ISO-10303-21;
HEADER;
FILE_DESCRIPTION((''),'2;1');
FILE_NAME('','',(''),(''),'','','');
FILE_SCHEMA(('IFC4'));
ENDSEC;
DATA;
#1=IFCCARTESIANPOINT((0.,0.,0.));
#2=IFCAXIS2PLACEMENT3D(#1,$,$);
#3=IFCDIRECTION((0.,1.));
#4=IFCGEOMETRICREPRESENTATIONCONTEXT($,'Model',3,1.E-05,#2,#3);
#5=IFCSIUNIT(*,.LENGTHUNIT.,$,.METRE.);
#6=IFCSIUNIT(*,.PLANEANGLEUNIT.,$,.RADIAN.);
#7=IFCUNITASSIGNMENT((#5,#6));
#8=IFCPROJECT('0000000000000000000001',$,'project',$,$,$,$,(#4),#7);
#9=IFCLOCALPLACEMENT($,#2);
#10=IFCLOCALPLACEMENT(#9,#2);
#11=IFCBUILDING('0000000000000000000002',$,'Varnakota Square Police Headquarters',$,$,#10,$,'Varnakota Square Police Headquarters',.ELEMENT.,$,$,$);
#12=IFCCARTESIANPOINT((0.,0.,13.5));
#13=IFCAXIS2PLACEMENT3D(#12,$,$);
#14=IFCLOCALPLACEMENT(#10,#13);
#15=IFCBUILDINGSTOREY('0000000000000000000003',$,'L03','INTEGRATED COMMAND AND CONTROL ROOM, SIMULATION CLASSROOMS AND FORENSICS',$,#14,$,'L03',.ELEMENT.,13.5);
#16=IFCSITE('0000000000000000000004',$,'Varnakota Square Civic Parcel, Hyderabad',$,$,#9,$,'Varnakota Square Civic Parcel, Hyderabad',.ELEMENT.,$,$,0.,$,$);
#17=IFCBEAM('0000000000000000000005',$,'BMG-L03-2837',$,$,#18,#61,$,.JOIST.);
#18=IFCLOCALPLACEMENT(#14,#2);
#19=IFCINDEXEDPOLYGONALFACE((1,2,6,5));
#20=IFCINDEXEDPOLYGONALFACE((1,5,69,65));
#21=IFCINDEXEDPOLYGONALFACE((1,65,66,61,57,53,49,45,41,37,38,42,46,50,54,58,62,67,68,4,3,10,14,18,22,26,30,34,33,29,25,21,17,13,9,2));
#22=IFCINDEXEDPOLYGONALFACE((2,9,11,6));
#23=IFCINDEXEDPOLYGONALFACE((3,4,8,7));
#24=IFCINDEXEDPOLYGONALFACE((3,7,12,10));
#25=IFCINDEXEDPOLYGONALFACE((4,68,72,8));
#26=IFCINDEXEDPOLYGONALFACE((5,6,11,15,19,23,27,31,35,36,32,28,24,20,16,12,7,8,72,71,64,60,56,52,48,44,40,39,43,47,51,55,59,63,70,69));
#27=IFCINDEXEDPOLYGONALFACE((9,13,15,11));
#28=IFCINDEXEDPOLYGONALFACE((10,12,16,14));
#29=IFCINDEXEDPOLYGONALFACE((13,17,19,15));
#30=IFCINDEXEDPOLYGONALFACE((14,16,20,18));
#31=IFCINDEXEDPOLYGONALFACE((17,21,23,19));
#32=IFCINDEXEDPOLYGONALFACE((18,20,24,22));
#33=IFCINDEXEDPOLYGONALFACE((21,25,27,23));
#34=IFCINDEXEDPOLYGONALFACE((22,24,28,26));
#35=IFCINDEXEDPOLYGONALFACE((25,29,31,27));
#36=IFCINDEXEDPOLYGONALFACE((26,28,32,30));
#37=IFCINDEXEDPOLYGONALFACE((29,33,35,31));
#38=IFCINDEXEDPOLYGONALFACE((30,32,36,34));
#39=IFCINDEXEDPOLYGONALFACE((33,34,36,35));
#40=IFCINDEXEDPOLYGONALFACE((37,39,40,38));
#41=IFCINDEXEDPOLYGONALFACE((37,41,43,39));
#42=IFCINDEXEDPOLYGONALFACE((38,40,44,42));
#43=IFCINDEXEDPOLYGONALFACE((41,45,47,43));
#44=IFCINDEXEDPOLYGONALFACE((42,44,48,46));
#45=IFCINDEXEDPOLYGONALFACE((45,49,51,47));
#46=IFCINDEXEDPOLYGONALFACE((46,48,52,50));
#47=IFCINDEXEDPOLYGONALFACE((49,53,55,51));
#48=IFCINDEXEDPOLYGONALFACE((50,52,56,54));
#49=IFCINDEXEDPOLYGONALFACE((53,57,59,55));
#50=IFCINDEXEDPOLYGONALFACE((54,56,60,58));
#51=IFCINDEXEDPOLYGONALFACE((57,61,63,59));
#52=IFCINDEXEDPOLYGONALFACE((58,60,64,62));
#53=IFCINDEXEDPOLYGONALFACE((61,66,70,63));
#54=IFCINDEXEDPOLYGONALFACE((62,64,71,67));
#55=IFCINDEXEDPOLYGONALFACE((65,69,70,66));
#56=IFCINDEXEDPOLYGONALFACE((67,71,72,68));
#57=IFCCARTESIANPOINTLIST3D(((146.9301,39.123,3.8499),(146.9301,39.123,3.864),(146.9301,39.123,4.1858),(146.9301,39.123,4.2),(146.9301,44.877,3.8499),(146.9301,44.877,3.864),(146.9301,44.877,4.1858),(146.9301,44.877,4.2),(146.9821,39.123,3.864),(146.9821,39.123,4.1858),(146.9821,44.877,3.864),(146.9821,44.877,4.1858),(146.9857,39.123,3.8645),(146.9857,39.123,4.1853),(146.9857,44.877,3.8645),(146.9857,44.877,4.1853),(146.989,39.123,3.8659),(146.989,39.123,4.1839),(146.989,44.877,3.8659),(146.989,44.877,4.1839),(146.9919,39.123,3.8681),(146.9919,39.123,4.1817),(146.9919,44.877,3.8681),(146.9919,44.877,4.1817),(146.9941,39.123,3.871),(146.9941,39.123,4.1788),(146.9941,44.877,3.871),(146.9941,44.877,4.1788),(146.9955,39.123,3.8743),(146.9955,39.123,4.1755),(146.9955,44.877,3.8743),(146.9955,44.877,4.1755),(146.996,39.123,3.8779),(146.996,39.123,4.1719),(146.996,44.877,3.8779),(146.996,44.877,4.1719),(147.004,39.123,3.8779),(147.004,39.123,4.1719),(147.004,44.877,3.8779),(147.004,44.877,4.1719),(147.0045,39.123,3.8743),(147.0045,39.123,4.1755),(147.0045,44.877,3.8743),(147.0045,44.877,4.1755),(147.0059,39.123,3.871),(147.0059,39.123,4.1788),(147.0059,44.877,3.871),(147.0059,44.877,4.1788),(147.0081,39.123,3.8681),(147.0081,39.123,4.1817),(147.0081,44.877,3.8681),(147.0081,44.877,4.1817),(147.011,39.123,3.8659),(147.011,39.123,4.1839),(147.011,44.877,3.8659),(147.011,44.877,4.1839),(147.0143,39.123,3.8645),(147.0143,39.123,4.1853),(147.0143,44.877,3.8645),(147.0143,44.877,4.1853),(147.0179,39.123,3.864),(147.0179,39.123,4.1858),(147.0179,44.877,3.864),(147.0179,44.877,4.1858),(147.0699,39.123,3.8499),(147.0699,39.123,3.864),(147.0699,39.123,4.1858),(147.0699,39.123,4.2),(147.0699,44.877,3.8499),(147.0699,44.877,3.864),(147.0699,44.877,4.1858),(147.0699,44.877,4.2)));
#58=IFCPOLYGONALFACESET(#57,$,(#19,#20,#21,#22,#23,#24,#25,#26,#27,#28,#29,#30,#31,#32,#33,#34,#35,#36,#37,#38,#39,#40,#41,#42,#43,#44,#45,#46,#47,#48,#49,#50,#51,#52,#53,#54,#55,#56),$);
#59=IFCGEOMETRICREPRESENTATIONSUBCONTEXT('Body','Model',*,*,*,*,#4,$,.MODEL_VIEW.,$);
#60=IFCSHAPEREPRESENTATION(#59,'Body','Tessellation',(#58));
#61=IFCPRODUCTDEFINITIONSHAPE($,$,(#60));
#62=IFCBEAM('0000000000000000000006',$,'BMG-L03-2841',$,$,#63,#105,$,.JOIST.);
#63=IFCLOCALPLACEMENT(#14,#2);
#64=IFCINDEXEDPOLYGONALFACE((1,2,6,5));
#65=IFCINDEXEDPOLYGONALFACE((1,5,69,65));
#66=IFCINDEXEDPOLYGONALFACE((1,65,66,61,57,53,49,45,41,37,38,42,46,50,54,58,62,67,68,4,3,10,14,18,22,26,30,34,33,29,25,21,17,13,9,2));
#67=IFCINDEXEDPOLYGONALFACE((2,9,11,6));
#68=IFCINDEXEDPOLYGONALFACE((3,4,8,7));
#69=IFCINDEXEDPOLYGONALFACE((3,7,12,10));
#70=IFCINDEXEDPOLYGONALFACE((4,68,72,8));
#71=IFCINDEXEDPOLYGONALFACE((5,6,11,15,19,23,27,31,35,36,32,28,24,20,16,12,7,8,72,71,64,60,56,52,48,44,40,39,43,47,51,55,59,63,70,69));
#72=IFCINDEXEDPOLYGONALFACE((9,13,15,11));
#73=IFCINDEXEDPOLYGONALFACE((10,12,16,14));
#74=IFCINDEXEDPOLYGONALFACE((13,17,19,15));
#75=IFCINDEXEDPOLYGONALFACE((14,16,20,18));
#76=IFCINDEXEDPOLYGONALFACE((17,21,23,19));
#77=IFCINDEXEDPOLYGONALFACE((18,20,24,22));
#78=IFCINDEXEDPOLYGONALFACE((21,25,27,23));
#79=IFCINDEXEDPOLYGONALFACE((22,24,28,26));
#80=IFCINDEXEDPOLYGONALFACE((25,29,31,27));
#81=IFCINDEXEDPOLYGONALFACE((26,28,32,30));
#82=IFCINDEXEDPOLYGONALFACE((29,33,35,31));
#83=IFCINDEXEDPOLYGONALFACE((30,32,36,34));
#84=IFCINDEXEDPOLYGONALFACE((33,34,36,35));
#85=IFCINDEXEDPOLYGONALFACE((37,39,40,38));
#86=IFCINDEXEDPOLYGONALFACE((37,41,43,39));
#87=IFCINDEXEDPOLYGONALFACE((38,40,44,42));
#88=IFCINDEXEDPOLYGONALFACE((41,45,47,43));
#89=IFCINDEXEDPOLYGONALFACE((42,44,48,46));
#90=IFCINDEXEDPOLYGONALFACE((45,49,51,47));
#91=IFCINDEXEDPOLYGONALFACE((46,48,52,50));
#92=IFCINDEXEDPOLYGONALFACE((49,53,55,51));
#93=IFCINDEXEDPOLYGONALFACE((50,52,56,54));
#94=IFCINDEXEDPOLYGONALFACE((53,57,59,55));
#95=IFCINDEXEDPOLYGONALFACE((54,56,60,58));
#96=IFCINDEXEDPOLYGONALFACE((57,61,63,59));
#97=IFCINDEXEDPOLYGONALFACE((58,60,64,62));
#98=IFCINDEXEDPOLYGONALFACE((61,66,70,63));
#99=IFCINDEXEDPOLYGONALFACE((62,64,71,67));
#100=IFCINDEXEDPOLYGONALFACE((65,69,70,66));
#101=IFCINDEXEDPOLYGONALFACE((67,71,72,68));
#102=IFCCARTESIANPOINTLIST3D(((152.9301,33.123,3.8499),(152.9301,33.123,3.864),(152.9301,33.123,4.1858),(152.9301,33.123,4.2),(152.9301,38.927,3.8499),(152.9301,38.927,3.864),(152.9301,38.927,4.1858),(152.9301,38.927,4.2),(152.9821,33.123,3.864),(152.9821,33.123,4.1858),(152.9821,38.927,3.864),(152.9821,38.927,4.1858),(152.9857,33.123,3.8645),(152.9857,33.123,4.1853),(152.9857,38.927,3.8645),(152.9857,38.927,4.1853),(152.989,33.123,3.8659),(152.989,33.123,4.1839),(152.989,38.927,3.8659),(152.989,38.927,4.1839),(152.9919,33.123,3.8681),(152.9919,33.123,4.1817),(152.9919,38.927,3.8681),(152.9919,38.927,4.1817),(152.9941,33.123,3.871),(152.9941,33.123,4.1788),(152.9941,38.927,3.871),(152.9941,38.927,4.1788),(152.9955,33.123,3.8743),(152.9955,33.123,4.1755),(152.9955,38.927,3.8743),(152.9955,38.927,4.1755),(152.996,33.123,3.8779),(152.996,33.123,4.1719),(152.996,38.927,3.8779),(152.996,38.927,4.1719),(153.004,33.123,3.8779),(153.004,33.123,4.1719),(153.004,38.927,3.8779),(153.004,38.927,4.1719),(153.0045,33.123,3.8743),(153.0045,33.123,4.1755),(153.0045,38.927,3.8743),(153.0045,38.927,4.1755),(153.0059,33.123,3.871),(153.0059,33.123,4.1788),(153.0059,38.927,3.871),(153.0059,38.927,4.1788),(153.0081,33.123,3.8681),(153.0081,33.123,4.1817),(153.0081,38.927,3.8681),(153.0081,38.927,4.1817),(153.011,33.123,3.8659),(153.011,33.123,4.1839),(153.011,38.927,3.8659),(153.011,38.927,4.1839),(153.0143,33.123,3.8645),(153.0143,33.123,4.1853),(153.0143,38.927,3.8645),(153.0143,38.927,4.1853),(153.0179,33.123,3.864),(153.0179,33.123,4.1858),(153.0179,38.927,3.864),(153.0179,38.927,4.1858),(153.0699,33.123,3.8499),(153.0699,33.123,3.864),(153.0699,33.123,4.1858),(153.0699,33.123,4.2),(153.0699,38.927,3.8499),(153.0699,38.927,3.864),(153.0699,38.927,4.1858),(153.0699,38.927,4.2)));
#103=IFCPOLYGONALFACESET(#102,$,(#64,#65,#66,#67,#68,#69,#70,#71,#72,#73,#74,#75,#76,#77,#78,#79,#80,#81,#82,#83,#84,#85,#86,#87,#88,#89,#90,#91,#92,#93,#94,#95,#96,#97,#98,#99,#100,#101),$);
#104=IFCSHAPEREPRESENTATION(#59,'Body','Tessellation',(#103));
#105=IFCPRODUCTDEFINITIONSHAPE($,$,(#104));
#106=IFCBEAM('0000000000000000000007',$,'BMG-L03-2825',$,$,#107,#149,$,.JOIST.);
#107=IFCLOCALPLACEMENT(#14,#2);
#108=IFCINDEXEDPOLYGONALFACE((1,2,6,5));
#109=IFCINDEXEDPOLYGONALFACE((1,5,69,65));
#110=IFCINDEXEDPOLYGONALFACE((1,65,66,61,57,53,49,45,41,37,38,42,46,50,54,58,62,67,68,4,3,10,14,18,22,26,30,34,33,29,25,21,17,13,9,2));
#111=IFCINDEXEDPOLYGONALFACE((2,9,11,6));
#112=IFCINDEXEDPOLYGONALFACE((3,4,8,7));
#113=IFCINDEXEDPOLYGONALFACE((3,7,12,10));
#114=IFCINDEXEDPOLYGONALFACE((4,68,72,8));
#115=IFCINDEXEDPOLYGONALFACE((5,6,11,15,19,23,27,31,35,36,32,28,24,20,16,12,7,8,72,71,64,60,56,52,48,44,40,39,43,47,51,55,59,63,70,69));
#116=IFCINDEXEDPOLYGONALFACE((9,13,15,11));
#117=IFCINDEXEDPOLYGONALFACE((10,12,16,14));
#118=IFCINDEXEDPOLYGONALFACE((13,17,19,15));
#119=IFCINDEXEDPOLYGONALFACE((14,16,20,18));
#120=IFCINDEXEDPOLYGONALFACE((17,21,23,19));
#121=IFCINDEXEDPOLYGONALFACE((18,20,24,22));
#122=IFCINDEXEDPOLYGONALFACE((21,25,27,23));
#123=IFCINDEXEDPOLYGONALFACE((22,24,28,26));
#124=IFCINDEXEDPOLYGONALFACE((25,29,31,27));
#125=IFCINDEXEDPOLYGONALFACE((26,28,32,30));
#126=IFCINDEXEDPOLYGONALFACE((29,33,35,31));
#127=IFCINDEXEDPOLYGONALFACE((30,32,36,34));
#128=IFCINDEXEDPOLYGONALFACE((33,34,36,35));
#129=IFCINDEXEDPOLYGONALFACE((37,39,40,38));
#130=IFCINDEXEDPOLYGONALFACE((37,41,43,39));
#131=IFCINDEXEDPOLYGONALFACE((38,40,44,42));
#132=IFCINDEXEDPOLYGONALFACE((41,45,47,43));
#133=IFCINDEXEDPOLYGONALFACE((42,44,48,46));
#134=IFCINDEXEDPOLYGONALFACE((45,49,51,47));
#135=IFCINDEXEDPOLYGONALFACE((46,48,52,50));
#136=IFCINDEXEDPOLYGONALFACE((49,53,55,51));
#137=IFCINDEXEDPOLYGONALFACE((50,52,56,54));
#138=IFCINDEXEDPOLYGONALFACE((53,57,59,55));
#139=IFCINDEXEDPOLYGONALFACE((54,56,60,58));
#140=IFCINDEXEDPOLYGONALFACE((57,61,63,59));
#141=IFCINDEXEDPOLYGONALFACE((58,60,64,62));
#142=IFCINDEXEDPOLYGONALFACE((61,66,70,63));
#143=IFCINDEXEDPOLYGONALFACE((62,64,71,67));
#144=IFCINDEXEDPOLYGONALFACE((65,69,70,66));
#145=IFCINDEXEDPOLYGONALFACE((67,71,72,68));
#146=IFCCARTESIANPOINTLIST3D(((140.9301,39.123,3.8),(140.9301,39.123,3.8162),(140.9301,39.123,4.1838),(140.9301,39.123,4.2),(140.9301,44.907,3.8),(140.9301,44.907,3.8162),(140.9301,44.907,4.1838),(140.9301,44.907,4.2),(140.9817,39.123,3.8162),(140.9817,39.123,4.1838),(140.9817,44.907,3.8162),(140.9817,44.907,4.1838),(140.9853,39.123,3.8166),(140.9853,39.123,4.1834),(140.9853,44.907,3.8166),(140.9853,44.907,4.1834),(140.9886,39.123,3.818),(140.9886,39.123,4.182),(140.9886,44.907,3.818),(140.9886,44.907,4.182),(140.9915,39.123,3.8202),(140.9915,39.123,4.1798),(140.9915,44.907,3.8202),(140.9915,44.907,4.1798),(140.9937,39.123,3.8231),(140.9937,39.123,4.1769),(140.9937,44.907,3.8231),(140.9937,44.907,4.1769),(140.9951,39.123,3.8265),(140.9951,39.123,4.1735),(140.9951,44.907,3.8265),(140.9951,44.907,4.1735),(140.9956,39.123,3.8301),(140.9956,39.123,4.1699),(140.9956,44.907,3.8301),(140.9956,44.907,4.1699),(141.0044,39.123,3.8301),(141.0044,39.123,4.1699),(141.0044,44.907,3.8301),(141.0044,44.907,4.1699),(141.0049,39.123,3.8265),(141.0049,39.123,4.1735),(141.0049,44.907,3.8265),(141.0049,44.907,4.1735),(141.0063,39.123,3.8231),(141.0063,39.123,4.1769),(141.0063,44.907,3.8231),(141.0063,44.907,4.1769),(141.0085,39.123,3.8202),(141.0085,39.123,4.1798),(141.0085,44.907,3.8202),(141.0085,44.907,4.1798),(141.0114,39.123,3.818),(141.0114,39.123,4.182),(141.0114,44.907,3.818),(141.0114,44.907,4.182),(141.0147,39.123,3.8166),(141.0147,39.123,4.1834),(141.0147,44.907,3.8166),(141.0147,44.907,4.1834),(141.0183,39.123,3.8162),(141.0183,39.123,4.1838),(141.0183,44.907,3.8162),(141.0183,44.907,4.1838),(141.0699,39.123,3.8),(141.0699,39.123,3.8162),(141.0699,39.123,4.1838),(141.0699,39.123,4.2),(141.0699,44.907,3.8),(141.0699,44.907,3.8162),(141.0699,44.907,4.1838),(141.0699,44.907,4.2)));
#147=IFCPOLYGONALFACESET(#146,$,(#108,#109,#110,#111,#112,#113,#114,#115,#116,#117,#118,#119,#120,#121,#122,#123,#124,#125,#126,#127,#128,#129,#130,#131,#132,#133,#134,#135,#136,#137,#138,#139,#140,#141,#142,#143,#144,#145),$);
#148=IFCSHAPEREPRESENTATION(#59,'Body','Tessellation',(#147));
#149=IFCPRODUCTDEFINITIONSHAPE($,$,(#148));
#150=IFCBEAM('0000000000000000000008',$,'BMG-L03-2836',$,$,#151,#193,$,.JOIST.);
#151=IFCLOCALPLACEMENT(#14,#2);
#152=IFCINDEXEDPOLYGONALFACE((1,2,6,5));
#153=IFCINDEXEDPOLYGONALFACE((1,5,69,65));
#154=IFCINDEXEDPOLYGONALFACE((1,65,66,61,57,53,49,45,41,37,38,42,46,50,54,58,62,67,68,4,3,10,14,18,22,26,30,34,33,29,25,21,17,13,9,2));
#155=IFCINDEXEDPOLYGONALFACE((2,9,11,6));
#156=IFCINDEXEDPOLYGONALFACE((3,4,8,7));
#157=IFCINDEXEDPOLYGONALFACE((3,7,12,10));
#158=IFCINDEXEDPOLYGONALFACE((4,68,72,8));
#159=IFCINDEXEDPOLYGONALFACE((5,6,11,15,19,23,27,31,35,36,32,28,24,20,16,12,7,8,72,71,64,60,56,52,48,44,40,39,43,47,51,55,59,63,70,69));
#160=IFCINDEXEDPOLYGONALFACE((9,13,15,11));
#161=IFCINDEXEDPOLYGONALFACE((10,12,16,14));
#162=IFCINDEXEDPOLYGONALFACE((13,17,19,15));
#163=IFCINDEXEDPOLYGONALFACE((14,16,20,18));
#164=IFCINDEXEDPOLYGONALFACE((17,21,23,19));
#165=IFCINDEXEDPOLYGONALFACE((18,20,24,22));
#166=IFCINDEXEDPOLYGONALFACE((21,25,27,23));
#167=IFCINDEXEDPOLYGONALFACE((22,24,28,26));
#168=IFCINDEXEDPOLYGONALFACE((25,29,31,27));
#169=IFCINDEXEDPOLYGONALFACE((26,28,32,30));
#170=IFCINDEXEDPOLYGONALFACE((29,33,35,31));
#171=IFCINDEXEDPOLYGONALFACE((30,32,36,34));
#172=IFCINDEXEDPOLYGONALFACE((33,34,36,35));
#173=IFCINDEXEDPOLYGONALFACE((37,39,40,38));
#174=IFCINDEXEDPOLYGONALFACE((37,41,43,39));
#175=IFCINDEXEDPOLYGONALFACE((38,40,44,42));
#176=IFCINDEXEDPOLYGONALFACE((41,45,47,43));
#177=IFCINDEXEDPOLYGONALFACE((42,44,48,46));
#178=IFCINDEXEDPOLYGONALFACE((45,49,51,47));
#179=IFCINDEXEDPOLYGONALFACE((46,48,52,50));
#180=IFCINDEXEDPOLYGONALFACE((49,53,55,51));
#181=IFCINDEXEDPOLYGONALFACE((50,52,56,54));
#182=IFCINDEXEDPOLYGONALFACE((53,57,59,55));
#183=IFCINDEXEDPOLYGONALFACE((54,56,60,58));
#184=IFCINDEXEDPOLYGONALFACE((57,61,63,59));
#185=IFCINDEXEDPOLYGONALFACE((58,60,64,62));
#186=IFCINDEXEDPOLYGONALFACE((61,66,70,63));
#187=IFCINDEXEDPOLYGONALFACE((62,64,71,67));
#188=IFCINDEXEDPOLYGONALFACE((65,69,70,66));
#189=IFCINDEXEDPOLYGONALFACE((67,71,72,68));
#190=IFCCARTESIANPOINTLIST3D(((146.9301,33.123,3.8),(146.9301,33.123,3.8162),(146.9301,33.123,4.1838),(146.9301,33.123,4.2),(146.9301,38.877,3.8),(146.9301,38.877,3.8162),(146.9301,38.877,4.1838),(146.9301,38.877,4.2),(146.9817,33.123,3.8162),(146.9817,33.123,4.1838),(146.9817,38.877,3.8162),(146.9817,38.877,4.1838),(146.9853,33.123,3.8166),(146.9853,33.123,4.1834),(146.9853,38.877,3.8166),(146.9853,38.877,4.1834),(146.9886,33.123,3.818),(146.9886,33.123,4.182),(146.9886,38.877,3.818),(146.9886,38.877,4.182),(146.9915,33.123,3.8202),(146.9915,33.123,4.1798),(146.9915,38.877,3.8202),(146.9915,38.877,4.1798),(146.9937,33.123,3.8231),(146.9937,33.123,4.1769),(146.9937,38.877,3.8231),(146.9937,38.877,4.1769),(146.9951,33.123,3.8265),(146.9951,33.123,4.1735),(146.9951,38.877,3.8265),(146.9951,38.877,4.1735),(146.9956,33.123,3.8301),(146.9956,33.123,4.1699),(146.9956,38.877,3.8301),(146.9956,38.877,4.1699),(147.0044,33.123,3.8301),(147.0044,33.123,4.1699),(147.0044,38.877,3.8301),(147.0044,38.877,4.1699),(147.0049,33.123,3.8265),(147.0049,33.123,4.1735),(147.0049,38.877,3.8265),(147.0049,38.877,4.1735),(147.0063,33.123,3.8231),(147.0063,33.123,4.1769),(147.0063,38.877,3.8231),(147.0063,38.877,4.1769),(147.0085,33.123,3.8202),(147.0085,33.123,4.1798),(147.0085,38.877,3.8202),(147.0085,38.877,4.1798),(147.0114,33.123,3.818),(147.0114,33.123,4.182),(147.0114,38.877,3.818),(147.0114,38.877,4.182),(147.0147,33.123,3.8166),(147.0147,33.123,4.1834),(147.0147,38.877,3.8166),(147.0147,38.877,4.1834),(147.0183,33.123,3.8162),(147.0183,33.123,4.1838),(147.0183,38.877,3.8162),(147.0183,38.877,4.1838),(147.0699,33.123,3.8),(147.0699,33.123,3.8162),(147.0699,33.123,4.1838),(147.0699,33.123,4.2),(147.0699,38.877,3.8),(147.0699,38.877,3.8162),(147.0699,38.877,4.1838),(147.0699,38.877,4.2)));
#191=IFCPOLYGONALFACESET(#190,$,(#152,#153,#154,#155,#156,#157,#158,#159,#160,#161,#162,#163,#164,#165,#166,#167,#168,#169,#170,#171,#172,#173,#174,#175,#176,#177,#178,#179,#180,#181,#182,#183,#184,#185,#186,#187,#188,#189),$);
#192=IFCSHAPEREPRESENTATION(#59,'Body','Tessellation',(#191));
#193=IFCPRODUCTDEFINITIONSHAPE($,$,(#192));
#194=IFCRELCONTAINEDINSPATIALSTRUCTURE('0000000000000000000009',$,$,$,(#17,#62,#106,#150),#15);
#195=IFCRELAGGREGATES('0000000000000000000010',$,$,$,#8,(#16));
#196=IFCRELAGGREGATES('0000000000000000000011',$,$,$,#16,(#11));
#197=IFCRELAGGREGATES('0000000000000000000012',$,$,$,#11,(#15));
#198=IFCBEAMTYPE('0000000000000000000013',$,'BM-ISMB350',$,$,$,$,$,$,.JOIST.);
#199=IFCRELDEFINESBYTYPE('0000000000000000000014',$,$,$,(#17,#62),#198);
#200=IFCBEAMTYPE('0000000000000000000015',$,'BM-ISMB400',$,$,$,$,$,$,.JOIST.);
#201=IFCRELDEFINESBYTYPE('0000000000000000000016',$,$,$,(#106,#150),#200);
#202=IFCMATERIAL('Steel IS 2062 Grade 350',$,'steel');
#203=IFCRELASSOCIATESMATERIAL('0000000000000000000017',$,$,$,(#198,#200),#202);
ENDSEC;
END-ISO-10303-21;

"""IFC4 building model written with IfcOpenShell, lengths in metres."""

from ifc_helpers import new_model, si_unit, direction, frame, origin, origin_2d, place, context, subcontext, project, spatial, i_section, extrude, material, material_profile, profile_set, type_object, element, save


model = new_model("IFC4")

# Units and contexts
model_context = context("Model", 3, precision=1e-05, world=origin(), true_north=direction((0.0, 1.0)))
body_context = subcontext(model_context, "Body", "Model", "MODEL_VIEW")
ifc_project = project(units=[si_unit("LENGTHUNIT", "METRE"), si_unit("PLANEANGLEUNIT", "RADIAN")], contexts=[model_context])

# Site, building, storey
site_placement = place(None, origin())
site = spatial("IfcSite", under=ifc_project, at=site_placement, Name="Varnakota Square Civic Parcel, Hyderabad", LongName="Varnakota Square Civic Parcel, Hyderabad", CompositionType="ELEMENT", RefElevation=0.0)
building_placement = place(site_placement, origin())
building = spatial("IfcBuilding", under=site, at=building_placement, Name="Varnakota Square Police Headquarters", LongName="Varnakota Square Police Headquarters", CompositionType="ELEMENT")
storey_placement = place(building_placement, frame((0.0, 0.0, 13.5)))
storey = spatial("IfcBuildingStorey", under=building, at=storey_placement, Name="L03", Description="INTEGRATED COMMAND AND CONTROL ROOM, SIMULATION CLASSROOMS AND FORENSICS", LongName="L03", CompositionType="ELEMENT", Elevation=13.5)

# Shared definitions
ifc_material_1 = material(Name="Steel IS 2062 Grade 350", Category="steel")

# Beams
ifc_material_profile_1 = material_profile(ifc_material_1, i_section(OverallWidth=0.1399, OverallDepth=0.3501, WebThickness=0.0081, FlangeThickness=0.0142, FilletRadius=0.0139, at=origin_2d()), Name="ISMB 350")
ifc_profile_set_1 = profile_set([ifc_material_profile_1], Name="Steel IS 2062 Grade 350")
beam_type_1 = type_object("IfcBeamType", Name="BM-ISMB350", PredefinedType="JOIST", material=ifc_profile_set_1)
beam_1_placement = place(storey_placement, frame((147.0, 39.123, 4.0249), z_axis=(0.0, 1.0, 0.0), x_axis=(-1.0, 0.0, 0.0)))
element("IfcBeam", 1, at=beam_1_placement, inside=storey, type_object=beam_type_1, Name="BMG-L03-2837", PredefinedType="JOIST", context=body_context, shape_type="SweptSolid", body=[
    extrude(i_section(OverallWidth=0.1399, OverallDepth=0.3501, WebThickness=0.0081, FlangeThickness=0.0142, FilletRadius=0.0139, at=origin_2d()), origin(), (0.0, 0.0, 1.0), 5.7539),
])
beam_2_placement = place(storey_placement, frame((153.0, 33.123, 4.0249), z_axis=(0.0, 1.0, 0.0), x_axis=(-1.0, 0.0, 0.0)))
element("IfcBeam", 2, at=beam_2_placement, inside=storey, type_object=beam_type_1, Name="BMG-L03-2841", PredefinedType="JOIST", context=body_context, shape_type="SweptSolid", body=[
    extrude(i_section(OverallWidth=0.1399, OverallDepth=0.3501, WebThickness=0.0081, FlangeThickness=0.0142, FilletRadius=0.0139, at=origin_2d()), origin(), (0.0, 0.0, 1.0), 5.804),
])
ifc_material_profile_2 = material_profile(ifc_material_1, i_section(OverallWidth=0.1399, OverallDepth=0.3999, WebThickness=0.0088, FlangeThickness=0.0161, FilletRadius=0.0139, at=origin_2d()), Name="ISMB 400")
ifc_profile_set_2 = profile_set([ifc_material_profile_2], Name="Steel IS 2062 Grade 350")
beam_type_2 = type_object("IfcBeamType", Name="BM-ISMB400", PredefinedType="JOIST", material=ifc_profile_set_2)
beam_3_placement = place(storey_placement, frame((141.0, 39.123, 4.0), z_axis=(0.0, 1.0, 0.0), x_axis=(-1.0, 0.0, 0.0)))
element("IfcBeam", 3, at=beam_3_placement, inside=storey, type_object=beam_type_2, Name="BMG-L03-2825", PredefinedType="JOIST", context=body_context, shape_type="SweptSolid", body=[
    extrude(i_section(OverallWidth=0.1399, OverallDepth=0.3999, WebThickness=0.0088, FlangeThickness=0.0161, FilletRadius=0.0139, at=origin_2d()), origin(), (0.0, 0.0, 1.0), 5.7839),
])
beam_4_placement = place(storey_placement, frame((147.0, 33.123, 4.0), z_axis=(0.0, 1.0, 0.0), x_axis=(-1.0, 0.0, 0.0)))
element("IfcBeam", 4, at=beam_4_placement, inside=storey, type_object=beam_type_2, Name="BMG-L03-2836", PredefinedType="JOIST", context=body_context, shape_type="SweptSolid", body=[
    extrude(i_section(OverallWidth=0.1399, OverallDepth=0.3999, WebThickness=0.0088, FlangeThickness=0.0161, FilletRadius=0.0139, at=origin_2d()), origin(), (0.0, 0.0, 1.0), 5.7539),
])

save(model, "model.ifc")
